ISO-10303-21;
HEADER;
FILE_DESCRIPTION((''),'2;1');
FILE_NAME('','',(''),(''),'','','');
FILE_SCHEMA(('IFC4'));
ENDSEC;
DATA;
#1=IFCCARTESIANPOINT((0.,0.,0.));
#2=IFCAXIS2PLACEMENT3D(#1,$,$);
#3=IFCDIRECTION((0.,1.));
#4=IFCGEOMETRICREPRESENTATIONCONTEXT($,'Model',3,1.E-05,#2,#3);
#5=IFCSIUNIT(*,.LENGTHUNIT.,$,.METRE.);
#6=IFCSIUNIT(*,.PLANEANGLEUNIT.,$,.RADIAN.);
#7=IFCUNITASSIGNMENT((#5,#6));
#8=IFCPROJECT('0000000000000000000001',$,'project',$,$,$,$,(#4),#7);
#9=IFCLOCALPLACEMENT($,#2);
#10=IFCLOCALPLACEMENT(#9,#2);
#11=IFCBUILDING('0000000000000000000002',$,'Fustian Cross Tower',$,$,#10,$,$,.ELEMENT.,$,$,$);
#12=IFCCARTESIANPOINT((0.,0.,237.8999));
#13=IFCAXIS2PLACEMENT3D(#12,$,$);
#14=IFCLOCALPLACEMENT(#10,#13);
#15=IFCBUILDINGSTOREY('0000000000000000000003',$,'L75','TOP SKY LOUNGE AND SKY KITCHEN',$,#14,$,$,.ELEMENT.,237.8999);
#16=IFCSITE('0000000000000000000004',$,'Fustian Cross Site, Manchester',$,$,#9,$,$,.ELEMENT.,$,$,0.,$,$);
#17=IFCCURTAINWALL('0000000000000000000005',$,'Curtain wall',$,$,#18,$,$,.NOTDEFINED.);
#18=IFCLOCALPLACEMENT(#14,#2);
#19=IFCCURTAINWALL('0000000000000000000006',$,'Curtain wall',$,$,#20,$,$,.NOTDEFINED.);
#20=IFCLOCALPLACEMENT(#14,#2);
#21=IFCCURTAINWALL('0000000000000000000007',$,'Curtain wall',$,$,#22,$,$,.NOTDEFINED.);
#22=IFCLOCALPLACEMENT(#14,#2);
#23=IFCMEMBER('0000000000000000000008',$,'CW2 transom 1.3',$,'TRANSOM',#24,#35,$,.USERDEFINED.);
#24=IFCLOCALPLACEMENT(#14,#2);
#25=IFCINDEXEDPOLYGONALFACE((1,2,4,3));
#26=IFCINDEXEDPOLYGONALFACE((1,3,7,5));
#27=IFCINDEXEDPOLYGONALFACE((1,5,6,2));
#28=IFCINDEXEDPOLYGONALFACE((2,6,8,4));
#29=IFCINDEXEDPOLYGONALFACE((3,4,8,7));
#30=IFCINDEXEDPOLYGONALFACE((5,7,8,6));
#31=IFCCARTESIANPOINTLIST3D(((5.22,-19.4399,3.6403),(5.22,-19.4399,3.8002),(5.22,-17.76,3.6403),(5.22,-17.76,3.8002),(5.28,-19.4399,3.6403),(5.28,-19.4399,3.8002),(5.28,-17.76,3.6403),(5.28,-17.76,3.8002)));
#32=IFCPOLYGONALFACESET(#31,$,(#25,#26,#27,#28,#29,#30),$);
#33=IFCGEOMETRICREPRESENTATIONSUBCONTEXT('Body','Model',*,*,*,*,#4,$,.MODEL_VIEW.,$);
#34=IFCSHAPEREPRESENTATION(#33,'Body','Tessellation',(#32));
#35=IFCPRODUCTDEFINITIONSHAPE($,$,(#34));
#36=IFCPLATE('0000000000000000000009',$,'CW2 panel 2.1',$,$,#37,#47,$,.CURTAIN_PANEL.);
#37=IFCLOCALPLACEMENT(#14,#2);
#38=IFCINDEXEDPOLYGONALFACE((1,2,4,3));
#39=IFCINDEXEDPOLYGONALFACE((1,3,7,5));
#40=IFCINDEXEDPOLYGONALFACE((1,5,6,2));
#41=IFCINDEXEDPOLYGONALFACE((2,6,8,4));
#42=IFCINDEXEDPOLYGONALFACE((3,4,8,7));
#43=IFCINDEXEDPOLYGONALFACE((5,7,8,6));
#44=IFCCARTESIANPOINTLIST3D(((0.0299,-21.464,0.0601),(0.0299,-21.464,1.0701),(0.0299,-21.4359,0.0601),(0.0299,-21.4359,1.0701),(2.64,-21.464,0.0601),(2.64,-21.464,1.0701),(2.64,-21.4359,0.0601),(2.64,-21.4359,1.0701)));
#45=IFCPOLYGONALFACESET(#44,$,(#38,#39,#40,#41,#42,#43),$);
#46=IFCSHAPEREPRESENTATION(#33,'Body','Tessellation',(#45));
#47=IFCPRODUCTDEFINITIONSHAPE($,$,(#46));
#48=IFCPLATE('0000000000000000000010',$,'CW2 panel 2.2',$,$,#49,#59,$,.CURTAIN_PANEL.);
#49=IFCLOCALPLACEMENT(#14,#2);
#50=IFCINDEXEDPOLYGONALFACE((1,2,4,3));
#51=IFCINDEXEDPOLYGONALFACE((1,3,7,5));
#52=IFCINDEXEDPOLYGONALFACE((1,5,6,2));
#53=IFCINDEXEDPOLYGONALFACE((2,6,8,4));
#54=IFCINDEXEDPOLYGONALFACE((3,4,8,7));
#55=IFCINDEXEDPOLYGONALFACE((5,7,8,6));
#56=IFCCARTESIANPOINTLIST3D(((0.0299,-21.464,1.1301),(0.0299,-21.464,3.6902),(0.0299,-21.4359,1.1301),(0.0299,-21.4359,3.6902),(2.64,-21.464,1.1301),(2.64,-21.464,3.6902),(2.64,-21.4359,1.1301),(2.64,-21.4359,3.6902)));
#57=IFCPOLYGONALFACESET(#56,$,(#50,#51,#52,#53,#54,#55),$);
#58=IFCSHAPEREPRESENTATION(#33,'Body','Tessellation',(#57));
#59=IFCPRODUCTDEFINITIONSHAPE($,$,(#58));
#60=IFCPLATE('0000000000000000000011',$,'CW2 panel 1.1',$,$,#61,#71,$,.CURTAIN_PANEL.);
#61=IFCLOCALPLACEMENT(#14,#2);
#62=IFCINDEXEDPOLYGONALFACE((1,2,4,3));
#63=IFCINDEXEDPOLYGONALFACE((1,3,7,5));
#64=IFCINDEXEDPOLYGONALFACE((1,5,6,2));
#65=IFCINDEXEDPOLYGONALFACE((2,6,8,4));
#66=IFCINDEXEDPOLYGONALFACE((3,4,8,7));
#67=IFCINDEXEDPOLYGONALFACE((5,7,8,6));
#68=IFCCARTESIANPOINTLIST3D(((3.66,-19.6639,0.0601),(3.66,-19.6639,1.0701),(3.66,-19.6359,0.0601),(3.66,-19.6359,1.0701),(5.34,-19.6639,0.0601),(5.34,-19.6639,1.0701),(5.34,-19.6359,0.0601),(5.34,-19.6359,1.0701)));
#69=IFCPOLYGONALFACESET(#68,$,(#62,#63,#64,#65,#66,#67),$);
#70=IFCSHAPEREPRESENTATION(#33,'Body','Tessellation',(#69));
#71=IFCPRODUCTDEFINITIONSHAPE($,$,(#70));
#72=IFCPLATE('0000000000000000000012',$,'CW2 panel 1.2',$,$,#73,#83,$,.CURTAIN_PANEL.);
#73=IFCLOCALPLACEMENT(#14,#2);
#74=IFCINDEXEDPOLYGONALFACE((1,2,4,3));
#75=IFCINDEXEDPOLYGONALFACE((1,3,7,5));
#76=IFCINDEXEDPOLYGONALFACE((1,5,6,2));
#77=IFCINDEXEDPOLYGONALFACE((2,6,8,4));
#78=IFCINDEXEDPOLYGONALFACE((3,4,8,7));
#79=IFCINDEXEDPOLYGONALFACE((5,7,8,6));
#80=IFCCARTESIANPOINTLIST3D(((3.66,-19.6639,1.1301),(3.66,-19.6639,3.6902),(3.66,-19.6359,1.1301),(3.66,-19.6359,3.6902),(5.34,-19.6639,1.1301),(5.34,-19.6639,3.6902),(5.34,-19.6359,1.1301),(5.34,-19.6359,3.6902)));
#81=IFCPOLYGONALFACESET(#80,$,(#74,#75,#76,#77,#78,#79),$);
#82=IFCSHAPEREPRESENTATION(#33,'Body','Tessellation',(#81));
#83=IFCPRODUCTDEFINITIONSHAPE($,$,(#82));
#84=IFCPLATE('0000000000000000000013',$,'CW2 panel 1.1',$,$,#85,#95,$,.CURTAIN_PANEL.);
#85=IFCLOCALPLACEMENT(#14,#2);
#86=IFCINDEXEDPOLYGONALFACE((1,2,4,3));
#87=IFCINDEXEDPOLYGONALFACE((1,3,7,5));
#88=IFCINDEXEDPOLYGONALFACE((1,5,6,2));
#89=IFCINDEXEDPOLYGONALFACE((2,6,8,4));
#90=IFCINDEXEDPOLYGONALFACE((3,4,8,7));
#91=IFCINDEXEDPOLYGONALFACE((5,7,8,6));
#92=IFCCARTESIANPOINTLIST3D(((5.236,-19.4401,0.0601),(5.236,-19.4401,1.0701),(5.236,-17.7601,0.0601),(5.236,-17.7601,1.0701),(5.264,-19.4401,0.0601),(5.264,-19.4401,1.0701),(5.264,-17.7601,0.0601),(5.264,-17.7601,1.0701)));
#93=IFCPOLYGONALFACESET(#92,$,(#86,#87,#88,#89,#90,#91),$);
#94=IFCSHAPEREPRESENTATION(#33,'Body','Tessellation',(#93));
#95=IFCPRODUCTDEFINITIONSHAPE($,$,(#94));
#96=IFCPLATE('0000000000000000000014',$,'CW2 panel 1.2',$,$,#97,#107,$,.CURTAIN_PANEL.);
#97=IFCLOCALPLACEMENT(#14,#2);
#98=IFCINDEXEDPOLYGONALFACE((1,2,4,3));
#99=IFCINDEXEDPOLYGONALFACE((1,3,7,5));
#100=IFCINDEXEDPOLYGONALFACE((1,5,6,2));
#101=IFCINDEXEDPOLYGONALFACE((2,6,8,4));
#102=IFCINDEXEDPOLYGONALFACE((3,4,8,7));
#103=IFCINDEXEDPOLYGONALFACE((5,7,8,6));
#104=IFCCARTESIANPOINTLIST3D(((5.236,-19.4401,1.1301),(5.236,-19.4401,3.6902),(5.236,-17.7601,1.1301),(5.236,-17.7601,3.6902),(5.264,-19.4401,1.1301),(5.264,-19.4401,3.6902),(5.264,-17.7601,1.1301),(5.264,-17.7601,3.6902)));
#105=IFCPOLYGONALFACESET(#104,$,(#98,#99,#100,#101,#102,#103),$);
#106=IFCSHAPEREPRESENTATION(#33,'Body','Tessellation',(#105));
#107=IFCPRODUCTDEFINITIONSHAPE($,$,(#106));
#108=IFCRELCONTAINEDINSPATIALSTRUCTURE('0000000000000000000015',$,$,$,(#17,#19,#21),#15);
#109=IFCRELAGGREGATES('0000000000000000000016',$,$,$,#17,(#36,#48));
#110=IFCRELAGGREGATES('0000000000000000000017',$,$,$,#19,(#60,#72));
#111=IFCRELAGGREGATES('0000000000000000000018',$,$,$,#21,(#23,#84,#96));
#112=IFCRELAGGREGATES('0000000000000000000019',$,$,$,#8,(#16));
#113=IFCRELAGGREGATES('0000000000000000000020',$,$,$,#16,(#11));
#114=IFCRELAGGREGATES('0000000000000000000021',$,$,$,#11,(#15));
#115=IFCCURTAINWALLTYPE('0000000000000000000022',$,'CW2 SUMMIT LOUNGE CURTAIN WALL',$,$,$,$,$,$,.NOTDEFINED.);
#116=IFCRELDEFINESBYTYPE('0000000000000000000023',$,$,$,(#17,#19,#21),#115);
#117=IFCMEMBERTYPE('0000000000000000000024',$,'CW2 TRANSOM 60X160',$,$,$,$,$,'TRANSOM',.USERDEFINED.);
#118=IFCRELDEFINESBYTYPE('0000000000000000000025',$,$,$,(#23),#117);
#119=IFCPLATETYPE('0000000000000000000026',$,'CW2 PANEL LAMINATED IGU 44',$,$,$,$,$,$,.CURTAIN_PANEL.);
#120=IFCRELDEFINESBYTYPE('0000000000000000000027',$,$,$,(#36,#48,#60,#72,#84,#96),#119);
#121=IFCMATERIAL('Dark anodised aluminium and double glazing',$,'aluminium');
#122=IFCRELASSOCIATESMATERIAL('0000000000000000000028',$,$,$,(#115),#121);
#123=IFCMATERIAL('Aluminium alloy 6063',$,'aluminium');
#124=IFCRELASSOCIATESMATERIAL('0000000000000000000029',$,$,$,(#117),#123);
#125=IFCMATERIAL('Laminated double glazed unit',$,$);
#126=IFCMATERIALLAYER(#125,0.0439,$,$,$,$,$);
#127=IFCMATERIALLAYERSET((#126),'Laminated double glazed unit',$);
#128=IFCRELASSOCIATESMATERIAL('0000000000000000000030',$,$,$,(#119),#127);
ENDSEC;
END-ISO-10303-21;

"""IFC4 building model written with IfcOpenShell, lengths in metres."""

from ifc_helpers import new_model, si_unit, direction, frame, origin, origin_2d, place, context, subcontext, project, spatial, rectangle, extrude, material, layer, layer_set, material_profile, profile_set, type_object, element, aggregate, save


model = new_model("IFC4")

# Units and contexts
model_context = context("Model", 3, precision=1e-05, world=origin(), true_north=direction((0.0, 1.0)))
body_context = subcontext(model_context, "Body", "Model", "MODEL_VIEW")
ifc_project = project(units=[si_unit("LENGTHUNIT", "METRE"), si_unit("PLANEANGLEUNIT", "RADIAN")], contexts=[model_context])

# Site, building, storey
site_placement = place(None, origin())
site = spatial("IfcSite", under=ifc_project, at=site_placement, Name="Fustian Cross Site, Manchester", CompositionType="ELEMENT", RefElevation=0.0)
building_placement = place(site_placement, origin())
building = spatial("IfcBuilding", under=site, at=building_placement, Name="Fustian Cross Tower", CompositionType="ELEMENT")
storey_placement = place(building_placement, frame((0.0, 0.0, 237.8999)))
storey = spatial("IfcBuildingStorey", under=building, at=storey_placement, Name="L75", Description="TOP SKY LOUNGE AND SKY KITCHEN", CompositionType="ELEMENT", Elevation=237.8999)

# Curtain wall
ifc_material_1 = material(Name="Dark anodised aluminium and double glazing", Category="aluminium")
curtain_wall_type = type_object("IfcCurtainWallType", Name="CW2 SUMMIT LOUNGE CURTAIN WALL", PredefinedType="NOTDEFINED", material=ifc_material_1)
curtain_wall_1_placement = place(storey_placement, origin())
curtain_wall_1 = element("IfcCurtainWall", 1, at=curtain_wall_1_placement, inside=storey, type_object=curtain_wall_type, Name="Curtain wall", PredefinedType="NOTDEFINED")

# Curtain walls
curtain_wall_2_placement = place(storey_placement, origin())
curtain_wall_2 = element("IfcCurtainWall", 2, at=curtain_wall_2_placement, inside=storey, type_object=curtain_wall_type, Name="Curtain wall", PredefinedType="NOTDEFINED")
curtain_wall_3_placement = place(storey_placement, origin())
curtain_wall_3 = element("IfcCurtainWall", 3, at=curtain_wall_3_placement, inside=storey, type_object=curtain_wall_type, Name="Curtain wall", PredefinedType="NOTDEFINED")

# Member
ifc_material_2 = material(Name="Aluminium alloy 6063", Category="aluminium")
ifc_material_profile_1 = material_profile(ifc_material_2, rectangle(XDim=0.0601, YDim=0.1599, at=origin_2d()), Name="CW2 TRANSOM 60X160")
ifc_profile_set_1 = profile_set([ifc_material_profile_1], Name="Aluminium alloy 6063")
member_type_1 = type_object("IfcMemberType", Name="CW2 TRANSOM 60X160", ElementType="TRANSOM", PredefinedType="USERDEFINED", material=ifc_profile_set_1)
member_1_placement = place(storey_placement, frame((5.25, -19.4399, 3.7202), z_axis=(0.0, 1.0, 0.0), x_axis=(-1.0, 0.0, 0.0)))
member_1 = element("IfcMember", 4, at=member_1_placement, type_object=member_type_1, Name="CW2 transom 1.3", ObjectType="TRANSOM", PredefinedType="USERDEFINED", context=body_context, shape_type="SweptSolid", body=[
    extrude(rectangle(XDim=0.0601, YDim=0.1599, at=origin_2d()), origin(), (0.0, 0.0, 1.0), 1.6799),
])

# Plates
ifc_material_3 = material(Name="Laminated double glazed unit")
ifc_layer_1 = layer(ifc_material_3, 0.0439)
ifc_layer_set_1 = layer_set([ifc_layer_1], Name="Laminated double glazed unit")
plate_type = type_object("IfcPlateType", Name="CW2 PANEL LAMINATED IGU 44", PredefinedType="CURTAIN_PANEL", material=ifc_layer_set_1)
plate_1_placement = place(storey_placement, frame((1.335, -21.45, 0.0601), z_axis=(0.0, 0.0, 1.0), x_axis=(1.0, 0.0, 0.0)))
plate_1 = element("IfcPlate", 5, at=plate_1_placement, type_object=plate_type, Name="CW2 panel 2.1", PredefinedType="CURTAIN_PANEL", context=body_context, shape_type="SweptSolid", body=[
    extrude(rectangle(XDim=2.6101, YDim=0.0281, at=origin_2d()), origin(), (0.0, 0.0, 1.0), 1.01),
])
plate_2_placement = place(storey_placement, frame((1.335, -21.45, 1.1301), z_axis=(0.0, 0.0, 1.0), x_axis=(1.0, 0.0, 0.0)))
plate_2 = element("IfcPlate", 6, at=plate_2_placement, type_object=plate_type, Name="CW2 panel 2.2", PredefinedType="CURTAIN_PANEL", context=body_context, shape_type="SweptSolid", body=[
    extrude(rectangle(XDim=2.6101, YDim=0.0281, at=origin_2d()), origin(), (0.0, 0.0, 1.0), 2.5601),
])
aggregate(curtain_wall_1, [plate_1, plate_2])
plate_3_placement = place(storey_placement, frame((4.5, -19.6499, 0.0601), z_axis=(0.0, 0.0, 1.0), x_axis=(1.0, 0.0, 0.0)))
plate_3 = element("IfcPlate", 7, at=plate_3_placement, type_object=plate_type, Name="CW2 panel 1.1", PredefinedType="CURTAIN_PANEL", context=body_context, shape_type="SweptSolid", body=[
    extrude(rectangle(XDim=1.6799, YDim=0.0281, at=origin_2d()), origin(), (0.0, 0.0, 1.0), 1.01),
])
plate_4_placement = place(storey_placement, frame((4.5, -19.6499, 1.1301), z_axis=(0.0, 0.0, 1.0), x_axis=(1.0, 0.0, 0.0)))
plate_4 = element("IfcPlate", 8, at=plate_4_placement, type_object=plate_type, Name="CW2 panel 1.2", PredefinedType="CURTAIN_PANEL", context=body_context, shape_type="SweptSolid", body=[
    extrude(rectangle(XDim=1.6799, YDim=0.0281, at=origin_2d()), origin(), (0.0, 0.0, 1.0), 2.5601),
])
aggregate(curtain_wall_2, [plate_3, plate_4])
plate_5_placement = place(storey_placement, frame((5.25, -18.6001, 0.0601), z_axis=(0.0, 0.0, 1.0), x_axis=(0.0, 1.0, 0.0)))
plate_5 = element("IfcPlate", 9, at=plate_5_placement, type_object=plate_type, Name="CW2 panel 1.1", PredefinedType="CURTAIN_PANEL", context=body_context, shape_type="SweptSolid", body=[
    extrude(rectangle(XDim=1.6799, YDim=0.0281, at=origin_2d()), origin(), (0.0, 0.0, 1.0), 1.01),
])
plate_6_placement = place(storey_placement, frame((5.25, -18.6001, 1.1301), z_axis=(0.0, 0.0, 1.0), x_axis=(0.0, 1.0, 0.0)))
plate_6 = element("IfcPlate", 10, at=plate_6_placement, type_object=plate_type, Name="CW2 panel 1.2", PredefinedType="CURTAIN_PANEL", context=body_context, shape_type="SweptSolid", body=[
    extrude(rectangle(XDim=1.6799, YDim=0.0281, at=origin_2d()), origin(), (0.0, 0.0, 1.0), 2.5601),
])
aggregate(curtain_wall_3, [member_1, plate_5, plate_6])

save(model, "model.ifc")
